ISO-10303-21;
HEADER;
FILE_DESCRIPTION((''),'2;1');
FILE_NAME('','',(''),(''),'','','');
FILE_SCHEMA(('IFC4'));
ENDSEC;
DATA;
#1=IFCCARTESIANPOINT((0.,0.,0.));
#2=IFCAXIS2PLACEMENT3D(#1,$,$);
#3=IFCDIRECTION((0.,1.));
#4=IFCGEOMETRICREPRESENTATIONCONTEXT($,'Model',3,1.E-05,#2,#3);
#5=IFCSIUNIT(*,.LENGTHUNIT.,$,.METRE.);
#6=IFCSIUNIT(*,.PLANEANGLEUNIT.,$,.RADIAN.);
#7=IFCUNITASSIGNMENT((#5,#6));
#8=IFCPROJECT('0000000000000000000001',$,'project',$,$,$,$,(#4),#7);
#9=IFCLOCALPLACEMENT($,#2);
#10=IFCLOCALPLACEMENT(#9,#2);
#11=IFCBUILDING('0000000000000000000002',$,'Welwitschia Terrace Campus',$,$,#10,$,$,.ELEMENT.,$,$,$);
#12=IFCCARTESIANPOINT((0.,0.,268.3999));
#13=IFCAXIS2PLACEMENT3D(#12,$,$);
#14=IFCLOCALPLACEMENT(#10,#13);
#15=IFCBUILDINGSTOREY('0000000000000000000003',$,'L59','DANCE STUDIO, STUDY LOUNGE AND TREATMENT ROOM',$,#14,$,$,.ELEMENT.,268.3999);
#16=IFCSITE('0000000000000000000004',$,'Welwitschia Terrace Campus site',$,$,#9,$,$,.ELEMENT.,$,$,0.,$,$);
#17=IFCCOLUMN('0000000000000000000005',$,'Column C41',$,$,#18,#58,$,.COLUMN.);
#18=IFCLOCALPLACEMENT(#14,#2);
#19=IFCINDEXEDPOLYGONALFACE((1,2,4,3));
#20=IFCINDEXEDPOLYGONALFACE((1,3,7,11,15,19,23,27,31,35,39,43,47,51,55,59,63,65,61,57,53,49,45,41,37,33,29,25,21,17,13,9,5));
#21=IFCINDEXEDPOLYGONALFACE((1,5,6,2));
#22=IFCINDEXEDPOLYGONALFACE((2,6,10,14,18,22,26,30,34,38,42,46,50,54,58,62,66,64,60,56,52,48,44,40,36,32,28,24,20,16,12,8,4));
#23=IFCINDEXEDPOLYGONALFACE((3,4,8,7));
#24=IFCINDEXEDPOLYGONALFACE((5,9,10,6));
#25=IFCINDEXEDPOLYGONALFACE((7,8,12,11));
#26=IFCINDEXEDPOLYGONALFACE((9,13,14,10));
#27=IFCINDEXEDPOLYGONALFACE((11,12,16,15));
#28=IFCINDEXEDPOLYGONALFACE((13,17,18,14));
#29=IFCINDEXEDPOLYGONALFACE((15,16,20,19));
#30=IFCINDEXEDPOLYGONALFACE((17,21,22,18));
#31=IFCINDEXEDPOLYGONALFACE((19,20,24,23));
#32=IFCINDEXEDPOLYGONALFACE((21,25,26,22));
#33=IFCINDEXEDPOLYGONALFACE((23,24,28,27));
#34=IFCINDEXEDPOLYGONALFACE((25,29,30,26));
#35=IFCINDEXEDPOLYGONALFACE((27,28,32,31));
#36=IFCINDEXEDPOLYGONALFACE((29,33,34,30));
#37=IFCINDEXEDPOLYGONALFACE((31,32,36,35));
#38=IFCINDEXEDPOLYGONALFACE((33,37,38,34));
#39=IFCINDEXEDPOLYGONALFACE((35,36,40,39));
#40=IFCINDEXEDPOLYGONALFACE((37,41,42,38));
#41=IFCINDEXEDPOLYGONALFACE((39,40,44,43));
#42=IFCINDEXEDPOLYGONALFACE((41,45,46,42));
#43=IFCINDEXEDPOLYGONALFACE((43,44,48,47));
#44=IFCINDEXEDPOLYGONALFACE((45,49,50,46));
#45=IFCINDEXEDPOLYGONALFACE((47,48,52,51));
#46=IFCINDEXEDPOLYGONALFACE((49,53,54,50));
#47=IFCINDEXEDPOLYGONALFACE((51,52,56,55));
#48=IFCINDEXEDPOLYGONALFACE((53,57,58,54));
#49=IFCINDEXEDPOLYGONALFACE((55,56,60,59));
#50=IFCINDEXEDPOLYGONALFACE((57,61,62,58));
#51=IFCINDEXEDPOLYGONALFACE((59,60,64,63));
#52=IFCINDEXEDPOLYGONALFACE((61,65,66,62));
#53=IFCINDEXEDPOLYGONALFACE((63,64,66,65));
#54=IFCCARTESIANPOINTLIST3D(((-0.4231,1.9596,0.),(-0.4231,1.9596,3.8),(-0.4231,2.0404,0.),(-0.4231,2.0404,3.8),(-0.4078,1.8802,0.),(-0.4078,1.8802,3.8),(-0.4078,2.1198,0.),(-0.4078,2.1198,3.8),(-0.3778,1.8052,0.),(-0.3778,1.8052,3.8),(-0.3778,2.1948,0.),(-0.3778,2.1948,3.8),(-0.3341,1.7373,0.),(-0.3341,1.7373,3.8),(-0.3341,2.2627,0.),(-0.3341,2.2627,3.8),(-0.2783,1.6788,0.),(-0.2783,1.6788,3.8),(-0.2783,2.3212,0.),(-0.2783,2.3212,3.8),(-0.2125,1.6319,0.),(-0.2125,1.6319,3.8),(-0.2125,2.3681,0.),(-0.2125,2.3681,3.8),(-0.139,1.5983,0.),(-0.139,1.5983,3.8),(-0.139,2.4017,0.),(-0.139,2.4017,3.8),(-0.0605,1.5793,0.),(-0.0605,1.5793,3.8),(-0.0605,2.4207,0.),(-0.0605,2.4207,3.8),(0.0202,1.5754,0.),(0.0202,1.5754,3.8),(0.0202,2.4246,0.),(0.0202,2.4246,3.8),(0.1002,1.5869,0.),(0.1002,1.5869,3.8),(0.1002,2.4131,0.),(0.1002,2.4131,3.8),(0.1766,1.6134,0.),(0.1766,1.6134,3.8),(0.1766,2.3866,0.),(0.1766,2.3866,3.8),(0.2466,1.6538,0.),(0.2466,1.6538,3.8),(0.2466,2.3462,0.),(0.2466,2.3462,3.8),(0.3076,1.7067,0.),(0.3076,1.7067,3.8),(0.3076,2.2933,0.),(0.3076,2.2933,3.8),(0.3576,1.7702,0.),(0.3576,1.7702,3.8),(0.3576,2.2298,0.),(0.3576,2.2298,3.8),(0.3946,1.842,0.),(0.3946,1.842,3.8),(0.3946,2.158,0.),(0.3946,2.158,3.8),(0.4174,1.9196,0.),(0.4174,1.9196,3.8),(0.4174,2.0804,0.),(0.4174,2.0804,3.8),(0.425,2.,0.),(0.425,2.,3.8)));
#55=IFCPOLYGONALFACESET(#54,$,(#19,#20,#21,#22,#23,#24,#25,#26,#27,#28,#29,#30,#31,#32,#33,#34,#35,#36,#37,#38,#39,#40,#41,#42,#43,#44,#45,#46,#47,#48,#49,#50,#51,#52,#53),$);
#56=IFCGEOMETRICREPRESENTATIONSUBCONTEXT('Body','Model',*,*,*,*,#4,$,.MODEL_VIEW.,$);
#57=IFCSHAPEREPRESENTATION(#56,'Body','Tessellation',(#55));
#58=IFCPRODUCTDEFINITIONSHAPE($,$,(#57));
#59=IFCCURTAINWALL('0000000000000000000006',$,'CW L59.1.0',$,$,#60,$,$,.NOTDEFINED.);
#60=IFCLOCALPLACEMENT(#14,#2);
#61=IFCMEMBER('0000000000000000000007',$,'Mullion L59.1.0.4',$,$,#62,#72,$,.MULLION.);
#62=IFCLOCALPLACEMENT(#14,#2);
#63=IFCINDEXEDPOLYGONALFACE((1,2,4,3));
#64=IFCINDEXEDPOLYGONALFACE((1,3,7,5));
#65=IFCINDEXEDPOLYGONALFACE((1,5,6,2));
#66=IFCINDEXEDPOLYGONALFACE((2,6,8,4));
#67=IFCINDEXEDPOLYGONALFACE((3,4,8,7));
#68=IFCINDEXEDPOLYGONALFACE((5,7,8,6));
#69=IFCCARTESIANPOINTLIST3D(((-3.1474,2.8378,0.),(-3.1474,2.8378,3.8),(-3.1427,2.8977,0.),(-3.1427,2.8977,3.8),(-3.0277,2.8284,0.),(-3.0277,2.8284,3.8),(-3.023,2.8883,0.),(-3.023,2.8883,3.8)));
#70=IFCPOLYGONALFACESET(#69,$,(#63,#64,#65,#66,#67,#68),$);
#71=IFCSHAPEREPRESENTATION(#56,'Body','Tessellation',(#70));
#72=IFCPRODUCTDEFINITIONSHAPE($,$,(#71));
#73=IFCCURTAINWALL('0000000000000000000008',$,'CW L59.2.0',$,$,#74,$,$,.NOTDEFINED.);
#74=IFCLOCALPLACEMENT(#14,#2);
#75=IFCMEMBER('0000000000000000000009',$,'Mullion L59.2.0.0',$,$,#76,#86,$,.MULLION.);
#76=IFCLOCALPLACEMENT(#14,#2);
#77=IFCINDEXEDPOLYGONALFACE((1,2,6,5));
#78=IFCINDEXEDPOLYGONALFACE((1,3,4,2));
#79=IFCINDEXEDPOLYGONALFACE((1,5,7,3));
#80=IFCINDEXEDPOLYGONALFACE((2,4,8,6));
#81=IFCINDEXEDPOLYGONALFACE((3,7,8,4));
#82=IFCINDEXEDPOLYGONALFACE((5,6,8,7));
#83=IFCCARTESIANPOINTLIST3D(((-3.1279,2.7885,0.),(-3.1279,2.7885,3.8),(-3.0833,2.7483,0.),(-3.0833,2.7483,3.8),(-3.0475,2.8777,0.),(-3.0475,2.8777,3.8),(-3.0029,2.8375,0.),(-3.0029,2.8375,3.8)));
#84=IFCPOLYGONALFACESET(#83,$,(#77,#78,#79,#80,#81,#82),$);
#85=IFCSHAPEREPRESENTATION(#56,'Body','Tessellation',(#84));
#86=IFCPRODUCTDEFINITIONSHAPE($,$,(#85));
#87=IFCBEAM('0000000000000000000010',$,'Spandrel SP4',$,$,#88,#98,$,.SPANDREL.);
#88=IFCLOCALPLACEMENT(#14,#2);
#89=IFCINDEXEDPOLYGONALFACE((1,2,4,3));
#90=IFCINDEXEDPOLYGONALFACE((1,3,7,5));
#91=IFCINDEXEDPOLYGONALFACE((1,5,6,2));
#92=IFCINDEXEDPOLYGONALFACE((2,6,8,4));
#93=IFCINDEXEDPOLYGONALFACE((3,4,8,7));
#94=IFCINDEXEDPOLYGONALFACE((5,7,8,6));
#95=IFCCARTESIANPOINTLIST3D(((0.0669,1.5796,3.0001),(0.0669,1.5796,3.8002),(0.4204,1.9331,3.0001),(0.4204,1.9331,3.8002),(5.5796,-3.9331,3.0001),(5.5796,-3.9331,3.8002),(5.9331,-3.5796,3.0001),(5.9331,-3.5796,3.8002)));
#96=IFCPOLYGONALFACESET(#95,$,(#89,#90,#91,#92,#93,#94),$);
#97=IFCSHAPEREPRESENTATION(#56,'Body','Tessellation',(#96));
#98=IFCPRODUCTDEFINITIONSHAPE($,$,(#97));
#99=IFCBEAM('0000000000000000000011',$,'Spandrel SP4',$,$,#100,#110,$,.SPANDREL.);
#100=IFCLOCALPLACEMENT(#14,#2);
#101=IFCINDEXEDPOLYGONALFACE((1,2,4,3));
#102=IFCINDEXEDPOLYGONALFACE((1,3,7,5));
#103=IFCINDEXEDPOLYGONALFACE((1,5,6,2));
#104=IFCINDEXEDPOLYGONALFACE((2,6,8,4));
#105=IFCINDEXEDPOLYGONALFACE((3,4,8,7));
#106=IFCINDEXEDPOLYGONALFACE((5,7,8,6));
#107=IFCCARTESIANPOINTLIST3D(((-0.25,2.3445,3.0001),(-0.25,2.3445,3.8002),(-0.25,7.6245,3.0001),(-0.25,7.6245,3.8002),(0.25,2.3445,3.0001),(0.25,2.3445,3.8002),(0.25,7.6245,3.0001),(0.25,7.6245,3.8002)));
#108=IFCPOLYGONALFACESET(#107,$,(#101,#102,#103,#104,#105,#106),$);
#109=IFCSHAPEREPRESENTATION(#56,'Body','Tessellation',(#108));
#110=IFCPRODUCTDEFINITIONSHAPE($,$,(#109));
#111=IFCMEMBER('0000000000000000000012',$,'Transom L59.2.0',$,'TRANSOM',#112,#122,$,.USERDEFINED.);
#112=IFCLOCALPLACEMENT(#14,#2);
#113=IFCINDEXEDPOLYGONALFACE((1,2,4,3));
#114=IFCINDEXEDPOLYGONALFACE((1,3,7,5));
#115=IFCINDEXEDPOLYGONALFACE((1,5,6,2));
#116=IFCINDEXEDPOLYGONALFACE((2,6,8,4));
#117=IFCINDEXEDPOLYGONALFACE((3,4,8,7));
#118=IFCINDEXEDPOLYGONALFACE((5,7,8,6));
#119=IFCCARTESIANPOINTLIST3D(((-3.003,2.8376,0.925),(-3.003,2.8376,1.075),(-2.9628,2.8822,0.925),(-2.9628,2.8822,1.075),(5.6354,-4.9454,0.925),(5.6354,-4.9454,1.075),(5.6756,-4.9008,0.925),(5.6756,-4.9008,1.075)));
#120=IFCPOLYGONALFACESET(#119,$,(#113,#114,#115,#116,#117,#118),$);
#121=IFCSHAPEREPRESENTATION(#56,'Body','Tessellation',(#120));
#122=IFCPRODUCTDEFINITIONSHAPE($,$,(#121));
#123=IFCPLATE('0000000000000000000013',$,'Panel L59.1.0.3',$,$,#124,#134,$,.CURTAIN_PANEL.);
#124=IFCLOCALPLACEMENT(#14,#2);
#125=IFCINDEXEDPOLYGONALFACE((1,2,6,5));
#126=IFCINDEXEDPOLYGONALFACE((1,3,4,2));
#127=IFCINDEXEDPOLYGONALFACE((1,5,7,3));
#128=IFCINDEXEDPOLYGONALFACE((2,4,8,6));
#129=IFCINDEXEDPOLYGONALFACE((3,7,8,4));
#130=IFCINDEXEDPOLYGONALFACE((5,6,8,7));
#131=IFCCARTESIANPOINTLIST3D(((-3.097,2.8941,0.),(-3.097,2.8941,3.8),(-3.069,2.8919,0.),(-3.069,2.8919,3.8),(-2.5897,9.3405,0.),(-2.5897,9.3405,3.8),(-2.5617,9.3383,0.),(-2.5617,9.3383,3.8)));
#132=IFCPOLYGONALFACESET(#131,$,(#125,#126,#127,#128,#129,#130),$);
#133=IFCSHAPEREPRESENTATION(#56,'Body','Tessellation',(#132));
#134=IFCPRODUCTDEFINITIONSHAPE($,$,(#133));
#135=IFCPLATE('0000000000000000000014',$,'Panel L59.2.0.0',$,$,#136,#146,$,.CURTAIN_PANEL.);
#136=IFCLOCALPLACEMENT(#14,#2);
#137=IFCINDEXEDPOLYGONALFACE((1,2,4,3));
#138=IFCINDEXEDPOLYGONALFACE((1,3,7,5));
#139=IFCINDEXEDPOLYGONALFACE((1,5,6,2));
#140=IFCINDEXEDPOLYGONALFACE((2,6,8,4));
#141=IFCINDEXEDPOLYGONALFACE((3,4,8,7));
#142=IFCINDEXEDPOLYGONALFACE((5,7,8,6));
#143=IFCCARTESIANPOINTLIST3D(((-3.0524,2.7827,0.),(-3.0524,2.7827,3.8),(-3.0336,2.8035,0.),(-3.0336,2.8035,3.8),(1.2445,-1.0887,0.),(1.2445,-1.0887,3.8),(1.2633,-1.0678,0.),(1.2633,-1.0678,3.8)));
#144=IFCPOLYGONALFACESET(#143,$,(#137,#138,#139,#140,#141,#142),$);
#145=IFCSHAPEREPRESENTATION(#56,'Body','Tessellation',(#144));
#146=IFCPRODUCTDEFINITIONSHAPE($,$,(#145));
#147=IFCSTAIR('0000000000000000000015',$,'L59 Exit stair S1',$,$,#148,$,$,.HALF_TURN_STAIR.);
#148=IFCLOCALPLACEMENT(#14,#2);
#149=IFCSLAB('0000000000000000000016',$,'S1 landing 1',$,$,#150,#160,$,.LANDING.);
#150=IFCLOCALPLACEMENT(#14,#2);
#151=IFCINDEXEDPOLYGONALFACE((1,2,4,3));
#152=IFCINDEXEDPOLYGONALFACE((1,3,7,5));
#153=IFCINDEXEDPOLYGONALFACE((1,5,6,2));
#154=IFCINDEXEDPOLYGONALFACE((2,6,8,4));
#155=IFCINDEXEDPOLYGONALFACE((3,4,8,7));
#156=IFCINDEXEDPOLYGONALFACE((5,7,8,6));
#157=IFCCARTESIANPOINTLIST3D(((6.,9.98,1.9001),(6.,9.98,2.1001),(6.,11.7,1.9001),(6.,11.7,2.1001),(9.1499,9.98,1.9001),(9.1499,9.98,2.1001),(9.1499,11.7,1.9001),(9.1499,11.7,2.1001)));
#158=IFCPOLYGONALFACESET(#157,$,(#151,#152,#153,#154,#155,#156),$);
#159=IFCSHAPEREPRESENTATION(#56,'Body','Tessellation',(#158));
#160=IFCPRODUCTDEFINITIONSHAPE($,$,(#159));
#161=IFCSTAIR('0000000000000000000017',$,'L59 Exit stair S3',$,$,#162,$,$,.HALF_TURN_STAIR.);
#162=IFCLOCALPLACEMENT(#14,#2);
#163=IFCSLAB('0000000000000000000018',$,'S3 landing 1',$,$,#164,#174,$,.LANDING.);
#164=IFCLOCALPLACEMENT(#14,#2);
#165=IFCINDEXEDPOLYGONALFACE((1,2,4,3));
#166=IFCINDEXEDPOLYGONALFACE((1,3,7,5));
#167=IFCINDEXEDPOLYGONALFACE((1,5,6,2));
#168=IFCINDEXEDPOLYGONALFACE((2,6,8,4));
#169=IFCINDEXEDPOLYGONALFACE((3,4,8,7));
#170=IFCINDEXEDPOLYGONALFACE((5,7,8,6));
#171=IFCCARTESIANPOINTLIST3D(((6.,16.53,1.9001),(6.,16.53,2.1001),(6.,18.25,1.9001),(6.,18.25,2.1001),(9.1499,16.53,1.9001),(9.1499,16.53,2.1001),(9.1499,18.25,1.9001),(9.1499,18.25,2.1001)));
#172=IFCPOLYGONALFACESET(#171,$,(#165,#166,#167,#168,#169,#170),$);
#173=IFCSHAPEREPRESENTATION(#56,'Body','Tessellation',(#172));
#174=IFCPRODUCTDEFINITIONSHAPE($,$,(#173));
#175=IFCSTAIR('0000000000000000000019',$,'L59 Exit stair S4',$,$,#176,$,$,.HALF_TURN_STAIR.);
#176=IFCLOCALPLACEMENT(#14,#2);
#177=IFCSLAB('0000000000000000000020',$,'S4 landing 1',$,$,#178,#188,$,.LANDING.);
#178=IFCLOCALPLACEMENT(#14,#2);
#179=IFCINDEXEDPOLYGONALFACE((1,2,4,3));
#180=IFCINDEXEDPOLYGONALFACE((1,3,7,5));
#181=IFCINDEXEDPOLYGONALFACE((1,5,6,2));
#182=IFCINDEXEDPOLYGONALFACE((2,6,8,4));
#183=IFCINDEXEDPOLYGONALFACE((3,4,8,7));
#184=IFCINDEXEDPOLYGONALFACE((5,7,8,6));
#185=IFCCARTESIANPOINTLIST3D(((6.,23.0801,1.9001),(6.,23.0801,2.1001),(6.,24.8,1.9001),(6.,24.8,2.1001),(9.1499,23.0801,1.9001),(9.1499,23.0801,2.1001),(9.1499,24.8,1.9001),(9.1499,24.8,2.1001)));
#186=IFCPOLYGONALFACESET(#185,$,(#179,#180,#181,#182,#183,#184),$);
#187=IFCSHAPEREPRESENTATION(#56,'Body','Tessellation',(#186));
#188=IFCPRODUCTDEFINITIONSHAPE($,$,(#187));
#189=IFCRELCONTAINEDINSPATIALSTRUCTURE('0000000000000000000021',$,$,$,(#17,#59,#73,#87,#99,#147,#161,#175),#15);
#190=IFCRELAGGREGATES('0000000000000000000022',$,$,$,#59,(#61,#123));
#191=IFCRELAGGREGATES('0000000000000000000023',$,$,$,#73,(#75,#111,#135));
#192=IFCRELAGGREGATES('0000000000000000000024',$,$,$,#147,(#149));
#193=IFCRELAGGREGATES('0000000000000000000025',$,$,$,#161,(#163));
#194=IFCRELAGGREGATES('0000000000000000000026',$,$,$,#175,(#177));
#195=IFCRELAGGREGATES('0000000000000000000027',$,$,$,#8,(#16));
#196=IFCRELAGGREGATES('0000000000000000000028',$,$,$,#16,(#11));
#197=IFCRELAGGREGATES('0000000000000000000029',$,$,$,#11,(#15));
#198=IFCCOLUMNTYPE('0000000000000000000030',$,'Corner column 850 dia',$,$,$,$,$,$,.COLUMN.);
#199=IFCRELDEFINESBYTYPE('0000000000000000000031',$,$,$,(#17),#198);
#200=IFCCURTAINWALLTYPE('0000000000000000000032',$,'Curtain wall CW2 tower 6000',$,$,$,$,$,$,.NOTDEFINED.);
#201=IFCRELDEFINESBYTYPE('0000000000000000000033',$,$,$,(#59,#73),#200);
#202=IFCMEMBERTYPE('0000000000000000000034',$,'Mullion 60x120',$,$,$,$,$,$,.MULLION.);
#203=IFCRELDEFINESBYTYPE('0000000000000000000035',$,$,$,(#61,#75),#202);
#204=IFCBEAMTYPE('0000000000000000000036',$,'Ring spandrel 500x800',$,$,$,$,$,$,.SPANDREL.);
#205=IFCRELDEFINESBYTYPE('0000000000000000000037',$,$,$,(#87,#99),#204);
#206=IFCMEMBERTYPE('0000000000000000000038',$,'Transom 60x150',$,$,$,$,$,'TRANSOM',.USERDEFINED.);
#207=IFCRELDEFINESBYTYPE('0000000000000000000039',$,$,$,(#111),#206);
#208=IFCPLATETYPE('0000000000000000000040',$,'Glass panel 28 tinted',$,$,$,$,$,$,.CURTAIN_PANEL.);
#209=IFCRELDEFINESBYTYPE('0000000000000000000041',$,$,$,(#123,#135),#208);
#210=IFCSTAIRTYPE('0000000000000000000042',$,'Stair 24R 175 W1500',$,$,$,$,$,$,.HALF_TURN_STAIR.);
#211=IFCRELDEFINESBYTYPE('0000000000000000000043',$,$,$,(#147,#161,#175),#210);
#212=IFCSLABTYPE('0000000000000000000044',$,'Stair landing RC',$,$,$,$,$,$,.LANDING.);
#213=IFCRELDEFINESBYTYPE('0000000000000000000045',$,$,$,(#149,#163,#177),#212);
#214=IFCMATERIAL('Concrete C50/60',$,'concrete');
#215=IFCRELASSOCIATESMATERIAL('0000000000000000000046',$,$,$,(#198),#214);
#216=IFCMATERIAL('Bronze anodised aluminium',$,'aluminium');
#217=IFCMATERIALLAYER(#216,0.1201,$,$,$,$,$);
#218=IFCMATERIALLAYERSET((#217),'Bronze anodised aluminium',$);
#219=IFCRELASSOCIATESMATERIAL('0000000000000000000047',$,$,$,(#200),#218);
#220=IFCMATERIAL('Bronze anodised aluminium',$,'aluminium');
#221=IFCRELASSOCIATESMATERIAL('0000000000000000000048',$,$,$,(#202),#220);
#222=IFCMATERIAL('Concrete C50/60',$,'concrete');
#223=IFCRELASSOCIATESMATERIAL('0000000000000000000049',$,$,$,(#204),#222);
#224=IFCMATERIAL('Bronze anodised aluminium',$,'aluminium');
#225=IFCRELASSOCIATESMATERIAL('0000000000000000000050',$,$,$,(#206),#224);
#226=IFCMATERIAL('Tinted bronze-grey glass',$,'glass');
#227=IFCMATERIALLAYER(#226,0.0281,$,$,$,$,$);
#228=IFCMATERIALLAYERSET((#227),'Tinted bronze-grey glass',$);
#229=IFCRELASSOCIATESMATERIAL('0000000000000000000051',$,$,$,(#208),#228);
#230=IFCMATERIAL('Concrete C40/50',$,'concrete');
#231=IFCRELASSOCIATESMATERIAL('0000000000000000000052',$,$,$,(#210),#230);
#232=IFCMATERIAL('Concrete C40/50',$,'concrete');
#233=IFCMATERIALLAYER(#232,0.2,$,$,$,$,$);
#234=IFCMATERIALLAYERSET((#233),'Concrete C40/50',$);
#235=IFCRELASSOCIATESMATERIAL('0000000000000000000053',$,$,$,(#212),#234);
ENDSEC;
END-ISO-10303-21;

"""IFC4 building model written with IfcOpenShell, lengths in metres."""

from ifc_helpers import new_model, si_unit, direction, frame, origin, origin_2d, place, context, subcontext, project, spatial, polyline, rectangle, circle, outline, extrude, material, layer, layer_set, material_profile, profile_set, type_object, element, aggregate, save


model = new_model("IFC4")

# Units and contexts
model_context = context("Model", 3, precision=1e-05, world=origin(), true_north=direction((0.0, 1.0)))
body_context = subcontext(model_context, "Body", "Model", "MODEL_VIEW")
ifc_project = project(units=[si_unit("LENGTHUNIT", "METRE"), si_unit("PLANEANGLEUNIT", "RADIAN")], contexts=[model_context])

# Site, building, storey
site_placement = place(None, origin())
site = spatial("IfcSite", under=ifc_project, at=site_placement, Name="Welwitschia Terrace Campus site", CompositionType="ELEMENT", RefElevation=0.0)
building_placement = place(site_placement, origin())
building = spatial("IfcBuilding", under=site, at=building_placement, Name="Welwitschia Terrace Campus", CompositionType="ELEMENT")
storey_placement = place(building_placement, frame((0.0, 0.0, 268.3999)))
storey = spatial("IfcBuildingStorey", under=building, at=storey_placement, Name="L59", Description="DANCE STUDIO, STUDY LOUNGE AND TREATMENT ROOM", CompositionType="ELEMENT", Elevation=268.3999)

# Column
ifc_material_1 = material(Name="Concrete C50/60", Category="concrete")
ifc_material_profile_1 = material_profile(ifc_material_1, circle(Radius=0.425, at=origin_2d()))
ifc_profile_set_1 = profile_set([ifc_material_profile_1], Name="Concrete C50/60")
column_type = type_object("IfcColumnType", Name="Corner column 850 dia", PredefinedType="COLUMN", material=ifc_profile_set_1)
column_placement = place(storey_placement, frame((0.0, 2.0, 0.0), z_axis=(0.0, 0.0, 1.0), x_axis=(1.0, 0.0, 0.0)))
element("IfcColumn", 1, at=column_placement, inside=storey, type_object=column_type, Name="Column C41", PredefinedType="COLUMN", context=body_context, shape_type="SweptSolid", body=[
    extrude(circle(Radius=0.425, at=origin_2d()), origin(), (0.0, 0.0, 1.0), 3.8),
])

# Curtain walls, members
ifc_material_2 = material(Name="Bronze anodised aluminium", Category="aluminium")
ifc_layer_1 = layer(ifc_material_2, 0.1201)
ifc_layer_set_1 = layer_set([ifc_layer_1], Name="Bronze anodised aluminium")
curtain_wall_type = type_object("IfcCurtainWallType", Name="Curtain wall CW2 tower 6000", PredefinedType="NOTDEFINED", material=ifc_layer_set_1)
curtain_wall_1_placement = place(storey_placement, origin())
curtain_wall_1 = element("IfcCurtainWall", 2, at=curtain_wall_1_placement, inside=storey, type_object=curtain_wall_type, Name="CW L59.1.0", PredefinedType="NOTDEFINED")
ifc_material_3 = material(Name="Bronze anodised aluminium", Category="aluminium")
ifc_material_profile_2 = material_profile(ifc_material_3, rectangle(XDim=0.1201, YDim=0.0601, at=origin_2d()))
ifc_profile_set_2 = profile_set([ifc_material_profile_2], Name="Bronze anodised aluminium")
member_type_1 = type_object("IfcMemberType", Name="Mullion 60x120", PredefinedType="MULLION", material=ifc_profile_set_2)
member_1_placement = place(storey_placement, frame((-3.0852, 2.863, 0.0), z_axis=(0.0, 0.0, 1.0), x_axis=(0.996917, -0.078459, 0.0)))
member_1 = element("IfcMember", 3, at=member_1_placement, type_object=member_type_1, Name="Mullion L59.1.0.4", PredefinedType="MULLION", context=body_context, shape_type="SweptSolid", body=[
    extrude(rectangle(XDim=0.1201, YDim=0.0601, at=origin_2d()), origin(), (0.0, 0.0, 1.0), 3.8),
])
curtain_wall_2_placement = place(storey_placement, origin())
curtain_wall_2 = element("IfcCurtainWall", 4, at=curtain_wall_2_placement, inside=storey, type_object=curtain_wall_type, Name="CW L59.2.0", PredefinedType="NOTDEFINED")
member_2_placement = place(storey_placement, frame((-3.0654, 2.813, 0.0), z_axis=(0.0, 0.0, 1.0), x_axis=(0.669359, 0.742939, 0.0)))
member_2 = element("IfcMember", 5, at=member_2_placement, type_object=member_type_1, Name="Mullion L59.2.0.0", PredefinedType="MULLION", context=body_context, shape_type="SweptSolid", body=[
    extrude(rectangle(XDim=0.1201, YDim=0.0601, at=origin_2d()), origin(), (0.0, 0.0, 1.0), 3.8),
])

# Beams
ifc_material_4 = material(Name="Concrete C50/60", Category="concrete")
ifc_material_profile_3 = material_profile(ifc_material_4, rectangle(XDim=0.5, YDim=0.8, at=origin_2d()))
ifc_profile_set_3 = profile_set([ifc_material_profile_3], Name="Concrete C50/60")
beam_type = type_object("IfcBeamType", Name="Ring spandrel 500x800", PredefinedType="SPANDREL", material=ifc_profile_set_3)
beam_1_placement = place(storey_placement, frame((0.2437, 1.7563, 3.4001), z_axis=(0.707107, -0.707107, 0.0), x_axis=(0.707107, 0.707107, 0.0)))
element("IfcBeam", 6, at=beam_1_placement, inside=storey, type_object=beam_type, Name="Spandrel SP4", PredefinedType="SPANDREL", context=body_context, shape_type="SweptSolid", body=[
    extrude(rectangle(XDim=0.5, YDim=0.8, at=origin_2d()), origin(), (0.0, 0.0, 1.0), 7.7961),
])
beam_2_placement = place(storey_placement, frame((0.0, 7.6245, 3.4001), z_axis=(0.0, -1.0, 0.0), x_axis=(1.0, 0.0, 0.0)))
element("IfcBeam", 7, at=beam_2_placement, inside=storey, type_object=beam_type, Name="Spandrel SP4", PredefinedType="SPANDREL", context=body_context, shape_type="SweptSolid", body=[
    extrude(rectangle(XDim=0.5, YDim=0.8, at=origin_2d()), origin(), (0.0, 0.0, 1.0), 5.28),
])

# Member
ifc_material_5 = material(Name="Bronze anodised aluminium", Category="aluminium")
ifc_material_profile_4 = material_profile(ifc_material_5, rectangle(XDim=0.0601, YDim=0.1499, at=origin_2d()))
ifc_profile_set_4 = profile_set([ifc_material_profile_4], Name="Bronze anodised aluminium")
member_type_2 = type_object("IfcMemberType", Name="Transom 60x150", ElementType="TRANSOM", PredefinedType="USERDEFINED", material=ifc_profile_set_4)
member_3_placement = place(storey_placement, frame((-2.9829, 2.8599, 1.0), z_axis=(0.742936, -0.669363, 0.0), x_axis=(0.669363, 0.742936, 0.0)))
member_3 = element("IfcMember", 8, at=member_3_placement, type_object=member_type_2, Name="Transom L59.2.0", ObjectType="TRANSOM", PredefinedType="USERDEFINED", context=body_context, shape_type="SweptSolid", body=[
    extrude(rectangle(XDim=0.0601, YDim=0.1499, at=origin_2d()), origin(), (0.0, 0.0, 1.0), 11.6274),
])

# Plates
ifc_material_6 = material(Name="Tinted bronze-grey glass", Category="glass")
ifc_layer_2 = layer(ifc_material_6, 0.0281)
ifc_layer_set_2 = layer_set([ifc_layer_2], Name="Tinted bronze-grey glass")
plate_type = type_object("IfcPlateType", Name="Glass panel 28 tinted", PredefinedType="CURTAIN_PANEL", material=ifc_layer_set_2)
plate_1_placement = place(storey_placement, frame((-2.8293, 6.1162, 0.0), z_axis=(0.0, 0.0, 1.0), x_axis=(-0.078459, -0.996917, 0.0)))
plate_1 = element("IfcPlate", 9, at=plate_1_placement, type_object=plate_type, Name="Panel L59.1.0.3", PredefinedType="CURTAIN_PANEL", context=body_context, shape_type="SweptSolid", body=[
    extrude(rectangle(XDim=6.4663, YDim=0.0281, at=origin_2d()), origin(), (0.0, 0.0, 1.0), 3.8),
])
aggregate(curtain_wall_1, [member_1, plate_1])
plate_2_placement = place(storey_placement, frame((-0.8945, 0.8574, 0.0), z_axis=(0.0, 0.0, 1.0), x_axis=(0.742939, -0.669359, 0.0)))
plate_2 = element("IfcPlate", 10, at=plate_2_placement, type_object=plate_type, Name="Panel L59.2.0.0", PredefinedType="CURTAIN_PANEL", context=body_context, shape_type="SweptSolid", body=[
    extrude(rectangle(XDim=5.7837, YDim=0.0281, at=origin_2d()), origin(), (0.0, 0.0, 1.0), 3.8),
])
aggregate(curtain_wall_2, [member_2, member_3, plate_2])

# Stairs, slabs
ifc_material_7 = material(Name="Concrete C40/50", Category="concrete")
stair_type = type_object("IfcStairType", Name="Stair 24R 175 W1500", PredefinedType="HALF_TURN_STAIR", material=ifc_material_7)
stair_1_placement = place(storey_placement, origin())
stair_1 = element("IfcStair", 11, at=stair_1_placement, inside=storey, type_object=stair_type, Name="L59 Exit stair S1", PredefinedType="HALF_TURN_STAIR")
ifc_material_8 = material(Name="Concrete C40/50", Category="concrete")
ifc_layer_3 = layer(ifc_material_8, 0.2)
ifc_layer_set_3 = layer_set([ifc_layer_3], Name="Concrete C40/50")
slab_type_1 = type_object("IfcSlabType", Name="Stair landing RC", PredefinedType="LANDING", material=ifc_layer_set_3)
slab_1_placement = place(storey_placement, frame((0.0, 0.0, 1.9001)))
slab_1 = element("IfcSlab", 12, at=slab_1_placement, type_object=slab_type_1, Name="S1 landing 1", PredefinedType="LANDING", context=body_context, shape_type="SweptSolid", body=[
    extrude(outline(polyline([(9.1499, 9.98), (9.1499, 11.7), (6.0, 11.7), (6.0, 9.98), (9.1499, 9.98)])), origin(), (0.0, 0.0, 1.0), 0.2),
])
aggregate(stair_1, [slab_1])
stair_2_placement = place(storey_placement, origin())
stair_2 = element("IfcStair", 13, at=stair_2_placement, inside=storey, type_object=stair_type, Name="L59 Exit stair S3", PredefinedType="HALF_TURN_STAIR")
slab_2_placement = place(storey_placement, frame((0.0, 0.0, 1.9001)))
slab_2 = element("IfcSlab", 14, at=slab_2_placement, type_object=slab_type_1, Name="S3 landing 1", PredefinedType="LANDING", context=body_context, shape_type="SweptSolid", body=[
    extrude(outline(polyline([(9.1499, 16.53), (9.1499, 18.25), (6.0, 18.25), (6.0, 16.53), (9.1499, 16.53)])), origin(), (0.0, 0.0, 1.0), 0.2),
])
aggregate(stair_2, [slab_2])
stair_3_placement = place(storey_placement, origin())
stair_3 = element("IfcStair", 15, at=stair_3_placement, inside=storey, type_object=stair_type, Name="L59 Exit stair S4", PredefinedType="HALF_TURN_STAIR")
slab_3_placement = place(storey_placement, frame((0.0, 0.0, 1.9001)))
slab_3 = element("IfcSlab", 16, at=slab_3_placement, type_object=slab_type_1, Name="S4 landing 1", PredefinedType="LANDING", context=body_context, shape_type="SweptSolid", body=[
    extrude(outline(polyline([(9.1499, 23.0801), (9.1499, 24.8), (6.0, 24.8), (6.0, 23.0801), (9.1499, 23.0801)])), origin(), (0.0, 0.0, 1.0), 0.2),
])
aggregate(stair_3, [slab_3])

save(model, "model.ifc")
